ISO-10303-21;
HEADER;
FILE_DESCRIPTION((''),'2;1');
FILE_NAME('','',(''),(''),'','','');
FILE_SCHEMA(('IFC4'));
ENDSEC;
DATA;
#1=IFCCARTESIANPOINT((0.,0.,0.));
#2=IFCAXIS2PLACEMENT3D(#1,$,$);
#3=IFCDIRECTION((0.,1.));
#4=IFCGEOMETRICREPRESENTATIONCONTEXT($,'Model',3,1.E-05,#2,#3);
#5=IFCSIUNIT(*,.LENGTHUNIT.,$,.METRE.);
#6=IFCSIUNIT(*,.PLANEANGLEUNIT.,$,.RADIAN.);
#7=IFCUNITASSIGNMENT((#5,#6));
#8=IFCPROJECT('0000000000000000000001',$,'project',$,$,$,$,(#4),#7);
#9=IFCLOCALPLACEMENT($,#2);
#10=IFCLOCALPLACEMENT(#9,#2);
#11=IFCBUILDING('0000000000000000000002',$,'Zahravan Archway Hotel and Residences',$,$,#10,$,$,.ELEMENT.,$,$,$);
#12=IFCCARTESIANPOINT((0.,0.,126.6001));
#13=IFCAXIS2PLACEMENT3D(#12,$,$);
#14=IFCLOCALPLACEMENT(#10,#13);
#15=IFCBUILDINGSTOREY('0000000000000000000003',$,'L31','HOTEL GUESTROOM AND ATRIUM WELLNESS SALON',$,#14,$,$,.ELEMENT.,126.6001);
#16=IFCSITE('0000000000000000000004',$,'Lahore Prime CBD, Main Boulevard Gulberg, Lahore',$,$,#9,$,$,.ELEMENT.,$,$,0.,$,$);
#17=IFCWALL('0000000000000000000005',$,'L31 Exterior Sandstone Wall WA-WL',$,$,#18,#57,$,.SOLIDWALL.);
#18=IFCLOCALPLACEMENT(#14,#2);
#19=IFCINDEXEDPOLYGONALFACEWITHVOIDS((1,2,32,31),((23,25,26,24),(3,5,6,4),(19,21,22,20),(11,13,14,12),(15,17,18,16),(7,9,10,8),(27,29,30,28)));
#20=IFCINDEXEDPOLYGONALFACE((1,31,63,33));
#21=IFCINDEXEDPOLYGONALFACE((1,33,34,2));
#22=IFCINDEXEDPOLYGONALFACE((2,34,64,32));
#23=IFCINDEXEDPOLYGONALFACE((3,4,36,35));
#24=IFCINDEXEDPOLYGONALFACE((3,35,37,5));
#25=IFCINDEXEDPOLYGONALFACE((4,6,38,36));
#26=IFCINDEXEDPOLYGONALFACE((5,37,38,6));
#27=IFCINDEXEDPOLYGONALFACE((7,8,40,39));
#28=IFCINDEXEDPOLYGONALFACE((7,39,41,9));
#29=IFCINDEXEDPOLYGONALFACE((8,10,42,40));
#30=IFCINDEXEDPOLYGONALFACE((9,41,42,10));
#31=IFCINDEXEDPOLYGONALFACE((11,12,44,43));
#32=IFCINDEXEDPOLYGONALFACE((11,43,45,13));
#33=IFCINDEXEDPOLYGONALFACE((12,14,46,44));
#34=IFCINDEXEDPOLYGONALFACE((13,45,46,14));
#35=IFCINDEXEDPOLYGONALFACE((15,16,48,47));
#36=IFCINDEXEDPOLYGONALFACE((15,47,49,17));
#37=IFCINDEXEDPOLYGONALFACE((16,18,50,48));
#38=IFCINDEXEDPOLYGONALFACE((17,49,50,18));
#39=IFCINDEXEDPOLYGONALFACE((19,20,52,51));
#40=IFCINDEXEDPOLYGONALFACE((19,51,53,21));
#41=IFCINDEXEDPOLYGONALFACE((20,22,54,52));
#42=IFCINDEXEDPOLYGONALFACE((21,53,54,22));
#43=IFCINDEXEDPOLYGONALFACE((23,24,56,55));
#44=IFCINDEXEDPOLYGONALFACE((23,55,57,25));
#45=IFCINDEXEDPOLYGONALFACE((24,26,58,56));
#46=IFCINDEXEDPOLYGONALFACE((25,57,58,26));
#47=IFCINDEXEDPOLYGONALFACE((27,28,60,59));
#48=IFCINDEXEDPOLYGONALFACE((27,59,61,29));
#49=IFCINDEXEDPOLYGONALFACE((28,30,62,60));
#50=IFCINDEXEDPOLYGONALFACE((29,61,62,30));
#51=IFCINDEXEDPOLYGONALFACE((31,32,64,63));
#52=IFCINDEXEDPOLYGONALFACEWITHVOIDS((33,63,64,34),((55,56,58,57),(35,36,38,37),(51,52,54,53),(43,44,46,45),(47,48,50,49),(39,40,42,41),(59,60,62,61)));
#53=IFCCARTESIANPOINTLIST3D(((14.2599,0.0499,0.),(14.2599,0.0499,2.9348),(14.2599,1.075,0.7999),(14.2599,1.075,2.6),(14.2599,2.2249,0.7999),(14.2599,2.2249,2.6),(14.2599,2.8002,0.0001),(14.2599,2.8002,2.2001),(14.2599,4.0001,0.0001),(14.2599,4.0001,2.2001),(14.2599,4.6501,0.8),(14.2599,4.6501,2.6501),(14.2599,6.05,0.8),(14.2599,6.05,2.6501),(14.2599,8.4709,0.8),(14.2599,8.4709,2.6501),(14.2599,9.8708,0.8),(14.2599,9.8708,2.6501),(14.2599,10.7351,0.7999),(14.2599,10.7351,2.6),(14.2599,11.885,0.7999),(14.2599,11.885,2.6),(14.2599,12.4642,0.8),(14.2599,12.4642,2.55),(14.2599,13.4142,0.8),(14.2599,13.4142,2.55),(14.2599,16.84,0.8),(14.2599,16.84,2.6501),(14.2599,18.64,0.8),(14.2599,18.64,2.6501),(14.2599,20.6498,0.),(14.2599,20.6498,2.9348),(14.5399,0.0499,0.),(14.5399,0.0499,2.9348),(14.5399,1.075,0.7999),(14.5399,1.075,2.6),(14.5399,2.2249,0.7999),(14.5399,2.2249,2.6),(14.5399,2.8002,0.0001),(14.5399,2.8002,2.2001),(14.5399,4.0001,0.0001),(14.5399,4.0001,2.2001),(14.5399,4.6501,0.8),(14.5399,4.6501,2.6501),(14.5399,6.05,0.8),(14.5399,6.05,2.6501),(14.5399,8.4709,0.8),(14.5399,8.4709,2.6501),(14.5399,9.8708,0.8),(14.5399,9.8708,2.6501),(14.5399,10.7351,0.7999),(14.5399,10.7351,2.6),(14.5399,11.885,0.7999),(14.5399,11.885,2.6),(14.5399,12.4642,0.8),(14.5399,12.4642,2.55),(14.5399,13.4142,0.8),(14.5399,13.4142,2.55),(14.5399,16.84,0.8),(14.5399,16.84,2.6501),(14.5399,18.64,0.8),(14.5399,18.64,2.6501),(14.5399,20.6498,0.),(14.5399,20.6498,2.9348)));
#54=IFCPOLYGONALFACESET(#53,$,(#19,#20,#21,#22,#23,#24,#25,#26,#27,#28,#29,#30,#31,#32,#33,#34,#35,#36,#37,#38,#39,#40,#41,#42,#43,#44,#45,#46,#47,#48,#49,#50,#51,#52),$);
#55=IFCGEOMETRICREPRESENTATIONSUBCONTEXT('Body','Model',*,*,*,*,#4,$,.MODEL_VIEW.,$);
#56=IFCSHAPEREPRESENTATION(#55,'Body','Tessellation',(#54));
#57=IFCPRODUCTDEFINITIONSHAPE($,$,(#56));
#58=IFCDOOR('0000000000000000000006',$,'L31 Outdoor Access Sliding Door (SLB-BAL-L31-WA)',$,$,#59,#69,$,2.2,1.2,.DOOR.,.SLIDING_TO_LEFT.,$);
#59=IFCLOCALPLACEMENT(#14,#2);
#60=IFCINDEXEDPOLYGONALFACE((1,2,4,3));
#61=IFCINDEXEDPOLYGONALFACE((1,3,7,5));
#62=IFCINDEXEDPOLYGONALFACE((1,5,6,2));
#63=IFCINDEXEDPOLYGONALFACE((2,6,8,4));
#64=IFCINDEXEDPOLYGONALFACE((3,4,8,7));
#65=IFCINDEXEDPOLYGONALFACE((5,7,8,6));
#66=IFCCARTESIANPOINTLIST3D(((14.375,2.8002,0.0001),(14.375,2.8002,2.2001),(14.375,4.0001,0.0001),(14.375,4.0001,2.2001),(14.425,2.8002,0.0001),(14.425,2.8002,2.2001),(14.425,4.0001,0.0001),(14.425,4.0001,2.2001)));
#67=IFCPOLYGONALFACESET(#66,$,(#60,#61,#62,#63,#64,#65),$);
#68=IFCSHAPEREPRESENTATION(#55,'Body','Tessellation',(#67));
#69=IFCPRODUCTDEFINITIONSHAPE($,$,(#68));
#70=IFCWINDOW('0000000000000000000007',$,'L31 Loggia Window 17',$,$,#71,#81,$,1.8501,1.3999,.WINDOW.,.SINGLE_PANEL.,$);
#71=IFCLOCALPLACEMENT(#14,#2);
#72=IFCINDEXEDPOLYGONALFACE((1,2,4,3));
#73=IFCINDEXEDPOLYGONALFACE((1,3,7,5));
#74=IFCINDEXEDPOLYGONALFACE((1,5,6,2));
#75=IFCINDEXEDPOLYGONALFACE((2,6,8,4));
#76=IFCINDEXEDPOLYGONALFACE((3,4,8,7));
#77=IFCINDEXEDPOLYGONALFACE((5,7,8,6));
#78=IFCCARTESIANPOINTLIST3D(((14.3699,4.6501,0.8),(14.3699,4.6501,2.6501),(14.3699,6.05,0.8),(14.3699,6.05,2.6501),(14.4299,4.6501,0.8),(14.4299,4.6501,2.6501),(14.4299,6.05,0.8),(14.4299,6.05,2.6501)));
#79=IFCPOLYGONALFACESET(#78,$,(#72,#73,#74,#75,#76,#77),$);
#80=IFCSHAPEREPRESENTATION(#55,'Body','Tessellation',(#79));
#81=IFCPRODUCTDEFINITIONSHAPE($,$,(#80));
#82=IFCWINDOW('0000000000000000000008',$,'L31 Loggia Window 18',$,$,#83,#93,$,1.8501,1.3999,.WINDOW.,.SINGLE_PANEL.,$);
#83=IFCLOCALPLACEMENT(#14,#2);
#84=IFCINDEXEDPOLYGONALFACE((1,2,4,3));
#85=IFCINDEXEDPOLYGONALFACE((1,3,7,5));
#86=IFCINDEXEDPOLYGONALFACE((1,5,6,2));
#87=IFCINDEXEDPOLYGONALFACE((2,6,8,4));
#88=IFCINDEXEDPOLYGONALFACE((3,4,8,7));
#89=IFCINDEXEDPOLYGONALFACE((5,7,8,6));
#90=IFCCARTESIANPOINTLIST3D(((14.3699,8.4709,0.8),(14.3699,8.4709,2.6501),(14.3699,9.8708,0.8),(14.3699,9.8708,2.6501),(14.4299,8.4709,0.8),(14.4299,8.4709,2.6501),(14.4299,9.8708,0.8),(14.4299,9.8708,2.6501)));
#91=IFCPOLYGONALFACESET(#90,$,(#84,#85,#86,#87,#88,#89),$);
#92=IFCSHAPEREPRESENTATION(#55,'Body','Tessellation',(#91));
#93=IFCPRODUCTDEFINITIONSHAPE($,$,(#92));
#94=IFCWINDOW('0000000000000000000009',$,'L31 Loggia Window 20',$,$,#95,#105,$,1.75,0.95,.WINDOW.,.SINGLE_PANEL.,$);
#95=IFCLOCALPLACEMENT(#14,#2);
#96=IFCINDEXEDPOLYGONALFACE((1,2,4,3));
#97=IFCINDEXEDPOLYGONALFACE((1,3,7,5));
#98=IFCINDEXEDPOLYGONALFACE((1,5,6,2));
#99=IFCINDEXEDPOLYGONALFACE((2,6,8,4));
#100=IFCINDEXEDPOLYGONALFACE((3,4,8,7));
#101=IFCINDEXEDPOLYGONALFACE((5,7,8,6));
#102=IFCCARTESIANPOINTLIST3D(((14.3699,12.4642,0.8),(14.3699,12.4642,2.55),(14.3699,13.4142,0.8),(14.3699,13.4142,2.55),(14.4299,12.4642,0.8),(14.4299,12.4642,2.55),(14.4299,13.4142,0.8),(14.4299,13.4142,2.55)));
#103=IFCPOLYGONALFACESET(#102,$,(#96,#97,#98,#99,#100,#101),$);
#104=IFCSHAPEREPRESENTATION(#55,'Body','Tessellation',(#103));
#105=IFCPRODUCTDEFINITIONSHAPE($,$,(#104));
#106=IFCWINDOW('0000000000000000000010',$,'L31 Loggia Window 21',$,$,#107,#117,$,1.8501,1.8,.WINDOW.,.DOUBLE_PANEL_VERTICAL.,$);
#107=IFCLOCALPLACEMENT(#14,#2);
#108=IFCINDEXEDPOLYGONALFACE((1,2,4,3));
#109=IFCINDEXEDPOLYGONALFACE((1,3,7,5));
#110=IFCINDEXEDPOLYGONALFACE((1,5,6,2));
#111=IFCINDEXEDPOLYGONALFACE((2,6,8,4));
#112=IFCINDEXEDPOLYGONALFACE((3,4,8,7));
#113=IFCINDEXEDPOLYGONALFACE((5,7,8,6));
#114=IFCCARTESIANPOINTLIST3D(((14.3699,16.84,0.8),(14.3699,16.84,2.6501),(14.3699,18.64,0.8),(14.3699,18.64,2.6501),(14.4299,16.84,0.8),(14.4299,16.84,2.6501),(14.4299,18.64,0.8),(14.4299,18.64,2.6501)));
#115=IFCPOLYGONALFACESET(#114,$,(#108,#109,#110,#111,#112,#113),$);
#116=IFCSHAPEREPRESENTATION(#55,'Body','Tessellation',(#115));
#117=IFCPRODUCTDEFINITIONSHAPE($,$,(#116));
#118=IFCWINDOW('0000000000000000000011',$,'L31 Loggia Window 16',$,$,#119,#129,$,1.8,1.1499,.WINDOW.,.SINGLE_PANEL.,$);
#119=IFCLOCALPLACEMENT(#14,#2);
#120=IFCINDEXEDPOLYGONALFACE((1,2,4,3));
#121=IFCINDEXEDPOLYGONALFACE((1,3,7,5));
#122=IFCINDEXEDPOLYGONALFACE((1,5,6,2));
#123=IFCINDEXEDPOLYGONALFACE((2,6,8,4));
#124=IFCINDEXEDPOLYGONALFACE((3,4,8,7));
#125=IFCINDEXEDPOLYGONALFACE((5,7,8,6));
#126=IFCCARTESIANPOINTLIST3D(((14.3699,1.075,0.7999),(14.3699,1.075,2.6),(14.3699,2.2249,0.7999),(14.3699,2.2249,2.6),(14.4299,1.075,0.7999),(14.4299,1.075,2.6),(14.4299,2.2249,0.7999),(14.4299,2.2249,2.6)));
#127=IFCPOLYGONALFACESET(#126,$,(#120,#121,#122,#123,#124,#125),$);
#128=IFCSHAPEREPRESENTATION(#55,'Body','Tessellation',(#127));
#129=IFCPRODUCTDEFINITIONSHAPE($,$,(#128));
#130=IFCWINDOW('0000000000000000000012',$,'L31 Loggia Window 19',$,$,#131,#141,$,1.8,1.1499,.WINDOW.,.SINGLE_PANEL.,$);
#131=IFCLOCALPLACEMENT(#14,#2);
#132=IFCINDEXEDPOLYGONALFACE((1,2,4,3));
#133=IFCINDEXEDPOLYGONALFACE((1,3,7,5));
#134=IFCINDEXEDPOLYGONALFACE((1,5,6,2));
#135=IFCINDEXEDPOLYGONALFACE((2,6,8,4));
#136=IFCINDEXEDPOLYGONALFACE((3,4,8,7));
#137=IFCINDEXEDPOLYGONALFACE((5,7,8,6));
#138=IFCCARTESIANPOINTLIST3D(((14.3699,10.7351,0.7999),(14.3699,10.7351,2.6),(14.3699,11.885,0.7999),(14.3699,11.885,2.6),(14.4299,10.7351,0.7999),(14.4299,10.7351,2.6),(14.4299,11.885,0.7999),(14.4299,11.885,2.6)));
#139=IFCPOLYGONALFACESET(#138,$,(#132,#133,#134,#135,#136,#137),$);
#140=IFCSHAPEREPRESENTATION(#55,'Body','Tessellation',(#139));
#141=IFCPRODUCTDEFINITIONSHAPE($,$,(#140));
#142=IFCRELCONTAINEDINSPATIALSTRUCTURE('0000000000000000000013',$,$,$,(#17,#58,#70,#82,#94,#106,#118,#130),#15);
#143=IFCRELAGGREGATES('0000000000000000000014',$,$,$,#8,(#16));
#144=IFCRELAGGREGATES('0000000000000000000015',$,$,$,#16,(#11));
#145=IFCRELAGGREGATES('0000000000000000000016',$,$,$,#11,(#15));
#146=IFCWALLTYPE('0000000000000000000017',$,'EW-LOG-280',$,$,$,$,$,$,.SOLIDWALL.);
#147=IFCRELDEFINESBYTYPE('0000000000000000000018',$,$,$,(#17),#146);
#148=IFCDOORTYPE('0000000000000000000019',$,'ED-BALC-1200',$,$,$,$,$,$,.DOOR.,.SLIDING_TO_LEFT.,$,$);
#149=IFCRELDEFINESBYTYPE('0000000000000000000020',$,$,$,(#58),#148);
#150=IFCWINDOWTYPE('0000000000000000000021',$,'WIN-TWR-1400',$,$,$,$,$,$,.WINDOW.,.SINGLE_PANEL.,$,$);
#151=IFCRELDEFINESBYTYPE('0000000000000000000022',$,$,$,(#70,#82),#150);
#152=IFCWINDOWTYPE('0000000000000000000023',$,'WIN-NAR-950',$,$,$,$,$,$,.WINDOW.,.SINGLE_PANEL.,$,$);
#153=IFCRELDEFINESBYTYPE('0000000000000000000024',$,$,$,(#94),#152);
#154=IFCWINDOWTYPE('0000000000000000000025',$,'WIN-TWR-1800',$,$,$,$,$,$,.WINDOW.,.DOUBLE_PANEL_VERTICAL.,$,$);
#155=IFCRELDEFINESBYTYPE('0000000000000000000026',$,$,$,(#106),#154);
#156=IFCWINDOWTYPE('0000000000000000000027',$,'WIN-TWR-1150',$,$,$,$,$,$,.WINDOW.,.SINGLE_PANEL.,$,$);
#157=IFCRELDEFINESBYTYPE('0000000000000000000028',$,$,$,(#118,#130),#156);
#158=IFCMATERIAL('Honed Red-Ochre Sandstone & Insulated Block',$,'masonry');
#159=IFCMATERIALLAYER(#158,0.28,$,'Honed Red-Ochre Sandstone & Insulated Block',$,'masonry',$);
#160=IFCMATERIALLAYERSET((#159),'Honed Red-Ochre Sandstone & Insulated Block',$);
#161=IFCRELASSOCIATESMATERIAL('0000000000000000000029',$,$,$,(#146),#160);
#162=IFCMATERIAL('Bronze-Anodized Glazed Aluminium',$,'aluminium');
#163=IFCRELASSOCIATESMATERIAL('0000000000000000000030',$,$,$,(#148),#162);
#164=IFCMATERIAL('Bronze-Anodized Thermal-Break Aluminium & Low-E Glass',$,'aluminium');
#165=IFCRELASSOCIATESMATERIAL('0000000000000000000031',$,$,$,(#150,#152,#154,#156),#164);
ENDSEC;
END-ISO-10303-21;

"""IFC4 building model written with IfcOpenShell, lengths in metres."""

from ifc_helpers import new_model, si_unit, direction, frame, frame_2d, origin, place, context, subcontext, project, spatial, rectangle, extrude, source, transform, mapped, material, layer, layer_set, type_object, type_shapes, element, fill, save


model = new_model("IFC4")

# Units and contexts
model_context = context("Model", 3, precision=1e-05, world=origin(), true_north=direction((0.0, 1.0)))
body_context = subcontext(model_context, "Body", "Model", "MODEL_VIEW")
ifc_project = project(units=[si_unit("LENGTHUNIT", "METRE"), si_unit("PLANEANGLEUNIT", "RADIAN")], contexts=[model_context])

# Site, building, storey
site_placement = place(None, origin())
site = spatial("IfcSite", under=ifc_project, at=site_placement, Name="Lahore Prime CBD, Main Boulevard Gulberg, Lahore", CompositionType="ELEMENT", RefElevation=0.0)
building_placement = place(site_placement, origin())
building = spatial("IfcBuilding", under=site, at=building_placement, Name="Zahravan Archway Hotel and Residences", CompositionType="ELEMENT")
storey_placement = place(building_placement, frame((0.0, 0.0, 126.6001)))
storey = spatial("IfcBuildingStorey", under=building, at=storey_placement, Name="L31", Description="HOTEL GUESTROOM AND ATRIUM WELLNESS SALON", CompositionType="ELEMENT", Elevation=126.6001)

# Wall, openings, door, windows
ifc_material_1 = material(Name="Honed Red-Ochre Sandstone & Insulated Block", Category="masonry")
ifc_layer = layer(ifc_material_1, 0.28, Name="Honed Red-Ochre Sandstone & Insulated Block", Category="masonry")
ifc_layer_set = layer_set([ifc_layer], Name="Honed Red-Ochre Sandstone & Insulated Block")
wall_type = type_object("IfcWallType", Name="EW-LOG-280", PredefinedType="SOLIDWALL", material=ifc_layer_set)
ifc_material_2 = material(Name="Bronze-Anodized Glazed Aluminium", Category="aluminium")
door_type = type_object("IfcDoorType", Name="ED-BALC-1200", OperationType="SLIDING_TO_LEFT", PredefinedType="DOOR", material=ifc_material_2)
shared_shape_1 = source(origin(), body_context, "Body", "SweptSolid", [
    extrude(rectangle(XDim=1.2, YDim=2.2, at=frame_2d((0.6001, 1.1001))), frame((0.0, 0.0249, 0.0), z_axis=(0.0, -1.0, 0.0), x_axis=(1.0, 0.0, 0.0)), (0.0, 0.0, 1.0), 0.05),
])
type_shapes(door_type, [shared_shape_1])
ifc_material_3 = material(Name="Bronze-Anodized Thermal-Break Aluminium & Low-E Glass", Category="aluminium")
window_type_1 = type_object("IfcWindowType", Name="WIN-TWR-1400", PartitioningType="SINGLE_PANEL", PredefinedType="WINDOW", material=ifc_material_3)
shared_shape_2 = source(origin(), body_context, "Body", "SweptSolid", [
    extrude(rectangle(XDim=1.3999, YDim=1.8501, at=frame_2d((0.7, 0.925))), frame((0.0, 0.03, 0.0), z_axis=(0.0, -1.0, 0.0), x_axis=(1.0, 0.0, 0.0)), (0.0, 0.0, 1.0), 0.0601),
])
type_shapes(window_type_1, [shared_shape_2])
window_type_2 = type_object("IfcWindowType", Name="WIN-NAR-950", PartitioningType="SINGLE_PANEL", PredefinedType="WINDOW", material=ifc_material_3)
shared_shape_3 = source(origin(), body_context, "Body", "SweptSolid", [
    extrude(rectangle(XDim=0.95, YDim=1.75, at=frame_2d((0.4751, 0.875))), frame((0.0, 0.03, 0.0), z_axis=(0.0, -1.0, 0.0), x_axis=(1.0, 0.0, 0.0)), (0.0, 0.0, 1.0), 0.0601),
])
type_shapes(window_type_2, [shared_shape_3])
window_type_3 = type_object("IfcWindowType", Name="WIN-TWR-1800", PartitioningType="DOUBLE_PANEL_VERTICAL", PredefinedType="WINDOW", material=ifc_material_3)
shared_shape_4 = source(origin(), body_context, "Body", "SweptSolid", [
    extrude(rectangle(XDim=1.8, YDim=1.8501, at=frame_2d((0.8999, 0.925))), frame((0.0, 0.03, 0.0), z_axis=(0.0, -1.0, 0.0), x_axis=(1.0, 0.0, 0.0)), (0.0, 0.0, 1.0), 0.0601),
])
type_shapes(window_type_3, [shared_shape_4])
wall_1_placement = place(storey_placement, frame((14.3999, 0.05, 0.0), z_axis=(0.0, 0.0, 1.0), x_axis=(0.0, 1.0, 0.0)))
wall_1 = element("IfcWall", 1, at=wall_1_placement, inside=storey, type_object=wall_type, Name="L31 Exterior Sandstone Wall WA-WL", PredefinedType="SOLIDWALL", context=body_context, shape_type="SweptSolid", body=[
    extrude(rectangle(XDim=20.5999, YDim=0.28, at=frame_2d((10.2998, 0.0))), origin(), (0.0, 0.0, 1.0), 2.9348),
])
opening_1_placement = place(wall_1_placement, frame((2.75, 0.0, 0.0)))
opening_1 = element("IfcOpeningElement", 2, at=opening_1_placement, cuts=wall_1, PredefinedType="OPENING", context=body_context, shape_type="SweptSolid", body=[
    extrude(rectangle(XDim=1.2, YDim=2.2, at=frame_2d((0.6001, 1.1001))), frame((0.0, 0.1499, 0.0), z_axis=(0.0, -1.0, 0.0), x_axis=(1.0, 0.0, 0.0)), (0.0, 0.0, 1.0), 0.3),
])
opening_2_placement = place(wall_1_placement, frame((1.0249, 0.0, 0.8)))
opening_2 = element("IfcOpeningElement", 3, at=opening_2_placement, cuts=wall_1, PredefinedType="OPENING", context=body_context, shape_type="SweptSolid", body=[
    extrude(rectangle(XDim=1.1499, YDim=1.8, at=frame_2d((0.575, 0.8999))), frame((0.0, 0.1499, 0.0), z_axis=(0.0, -1.0, 0.0), x_axis=(1.0, 0.0, 0.0)), (0.0, 0.0, 1.0), 0.3),
])
opening_3_placement = place(wall_1_placement, frame((4.6001, 0.0, 0.8)))
opening_3 = element("IfcOpeningElement", 4, at=opening_3_placement, cuts=wall_1, PredefinedType="OPENING", context=body_context, shape_type="SweptSolid", body=[
    extrude(rectangle(XDim=1.3999, YDim=1.8501, at=frame_2d((0.7, 0.925))), frame((0.0, 0.1499, 0.0), z_axis=(0.0, -1.0, 0.0), x_axis=(1.0, 0.0, 0.0)), (0.0, 0.0, 1.0), 0.3),
])
opening_4_placement = place(wall_1_placement, frame((8.4209, 0.0, 0.8)))
opening_4 = element("IfcOpeningElement", 5, at=opening_4_placement, cuts=wall_1, PredefinedType="OPENING", context=body_context, shape_type="SweptSolid", body=[
    extrude(rectangle(XDim=1.3999, YDim=1.8501, at=frame_2d((0.7, 0.925))), frame((0.0, 0.1499, 0.0), z_axis=(0.0, -1.0, 0.0), x_axis=(1.0, 0.0, 0.0)), (0.0, 0.0, 1.0), 0.3),
])
opening_5_placement = place(wall_1_placement, frame((10.6851, 0.0, 0.8)))
opening_5 = element("IfcOpeningElement", 6, at=opening_5_placement, cuts=wall_1, PredefinedType="OPENING", context=body_context, shape_type="SweptSolid", body=[
    extrude(rectangle(XDim=1.1499, YDim=1.8, at=frame_2d((0.575, 0.8999))), frame((0.0, 0.1499, 0.0), z_axis=(0.0, -1.0, 0.0), x_axis=(1.0, 0.0, 0.0)), (0.0, 0.0, 1.0), 0.3),
])
opening_6_placement = place(wall_1_placement, frame((12.4141, 0.0, 0.8)))
opening_6 = element("IfcOpeningElement", 7, at=opening_6_placement, cuts=wall_1, PredefinedType="OPENING", context=body_context, shape_type="SweptSolid", body=[
    extrude(rectangle(XDim=0.95, YDim=1.75, at=frame_2d((0.4751, 0.875))), frame((0.0, 0.1499, 0.0), z_axis=(0.0, -1.0, 0.0), x_axis=(1.0, 0.0, 0.0)), (0.0, 0.0, 1.0), 0.3),
])
opening_7_placement = place(wall_1_placement, frame((16.79, 0.0, 0.8)))
opening_7 = element("IfcOpeningElement", 8, at=opening_7_placement, cuts=wall_1, PredefinedType="OPENING", context=body_context, shape_type="SweptSolid", body=[
    extrude(rectangle(XDim=1.8, YDim=1.8501, at=frame_2d((0.8999, 0.925))), frame((0.0, 0.1499, 0.0), z_axis=(0.0, -1.0, 0.0), x_axis=(1.0, 0.0, 0.0)), (0.0, 0.0, 1.0), 0.3),
])
door_1_placement = place(opening_1_placement, origin())
door_1 = element("IfcDoor", 9, at=door_1_placement, inside=storey, type_object=door_type, Name="L31 Outdoor Access Sliding Door (SLB-BAL-L31-WA)", OperationType="SLIDING_TO_LEFT", OverallHeight=2.2, OverallWidth=1.2, PredefinedType="DOOR", context=body_context, shape_type="MappedRepresentation", body=[
    mapped(shared_shape_1, transform((0.0, 0.0, 0.0), scale=1.0)),
])
fill(opening_1, door_1)
window_1_placement = place(opening_3_placement, origin())
window_1 = element("IfcWindow", 10, at=window_1_placement, inside=storey, type_object=window_type_1, Name="L31 Loggia Window 17", OverallHeight=1.8501, OverallWidth=1.3999, PartitioningType="SINGLE_PANEL", PredefinedType="WINDOW", context=body_context, shape_type="MappedRepresentation", body=[
    mapped(shared_shape_2, transform((0.0, 0.0, 0.0), scale=1.0)),
])
fill(opening_3, window_1)
window_2_placement = place(opening_4_placement, origin())
window_2 = element("IfcWindow", 11, at=window_2_placement, inside=storey, type_object=window_type_1, Name="L31 Loggia Window 18", OverallHeight=1.8501, OverallWidth=1.3999, PartitioningType="SINGLE_PANEL", PredefinedType="WINDOW", context=body_context, shape_type="MappedRepresentation", body=[
    mapped(shared_shape_2, transform((0.0, 0.0, 0.0), scale=1.0)),
])
fill(opening_4, window_2)
window_3_placement = place(opening_6_placement, origin())
window_3 = element("IfcWindow", 12, at=window_3_placement, inside=storey, type_object=window_type_2, Name="L31 Loggia Window 20", OverallHeight=1.75, OverallWidth=0.95, PartitioningType="SINGLE_PANEL", PredefinedType="WINDOW", context=body_context, shape_type="MappedRepresentation", body=[
    mapped(shared_shape_3, transform((0.0, 0.0, 0.0), scale=1.0)),
])
fill(opening_6, window_3)
window_4_placement = place(opening_7_placement, origin())
window_4 = element("IfcWindow", 13, at=window_4_placement, inside=storey, type_object=window_type_3, Name="L31 Loggia Window 21", OverallHeight=1.8501, OverallWidth=1.8, PartitioningType="DOUBLE_PANEL_VERTICAL", PredefinedType="WINDOW", context=body_context, shape_type="MappedRepresentation", body=[
    mapped(shared_shape_4, transform((0.0, 0.0, 0.0), scale=1.0)),
])
fill(opening_7, window_4)
window_type_4 = type_object("IfcWindowType", Name="WIN-TWR-1150", PartitioningType="SINGLE_PANEL", PredefinedType="WINDOW", material=ifc_material_3)
shared_shape_5 = source(origin(), body_context, "Body", "SweptSolid", [
    extrude(rectangle(XDim=1.1499, YDim=1.8, at=frame_2d((0.575, 0.8999))), frame((0.0, 0.03, 0.0), z_axis=(0.0, -1.0, 0.0), x_axis=(1.0, 0.0, 0.0)), (0.0, 0.0, 1.0), 0.0601),
])
type_shapes(window_type_4, [shared_shape_5])
window_5_placement = place(opening_2_placement, origin())
window_5 = element("IfcWindow", 14, at=window_5_placement, inside=storey, type_object=window_type_4, Name="L31 Loggia Window 16", OverallHeight=1.8, OverallWidth=1.1499, PartitioningType="SINGLE_PANEL", PredefinedType="WINDOW", context=body_context, shape_type="MappedRepresentation", body=[
    mapped(shared_shape_5, transform((0.0, 0.0, 0.0), scale=1.0)),
])
fill(opening_2, window_5)
window_6_placement = place(opening_5_placement, origin())
window_6 = element("IfcWindow", 15, at=window_6_placement, inside=storey, type_object=window_type_4, Name="L31 Loggia Window 19", OverallHeight=1.8, OverallWidth=1.1499, PartitioningType="SINGLE_PANEL", PredefinedType="WINDOW", context=body_context, shape_type="MappedRepresentation", body=[
    mapped(shared_shape_5, transform((0.0, 0.0, 0.0), scale=1.0)),
])
fill(opening_5, window_6)

save(model, "model.ifc")
